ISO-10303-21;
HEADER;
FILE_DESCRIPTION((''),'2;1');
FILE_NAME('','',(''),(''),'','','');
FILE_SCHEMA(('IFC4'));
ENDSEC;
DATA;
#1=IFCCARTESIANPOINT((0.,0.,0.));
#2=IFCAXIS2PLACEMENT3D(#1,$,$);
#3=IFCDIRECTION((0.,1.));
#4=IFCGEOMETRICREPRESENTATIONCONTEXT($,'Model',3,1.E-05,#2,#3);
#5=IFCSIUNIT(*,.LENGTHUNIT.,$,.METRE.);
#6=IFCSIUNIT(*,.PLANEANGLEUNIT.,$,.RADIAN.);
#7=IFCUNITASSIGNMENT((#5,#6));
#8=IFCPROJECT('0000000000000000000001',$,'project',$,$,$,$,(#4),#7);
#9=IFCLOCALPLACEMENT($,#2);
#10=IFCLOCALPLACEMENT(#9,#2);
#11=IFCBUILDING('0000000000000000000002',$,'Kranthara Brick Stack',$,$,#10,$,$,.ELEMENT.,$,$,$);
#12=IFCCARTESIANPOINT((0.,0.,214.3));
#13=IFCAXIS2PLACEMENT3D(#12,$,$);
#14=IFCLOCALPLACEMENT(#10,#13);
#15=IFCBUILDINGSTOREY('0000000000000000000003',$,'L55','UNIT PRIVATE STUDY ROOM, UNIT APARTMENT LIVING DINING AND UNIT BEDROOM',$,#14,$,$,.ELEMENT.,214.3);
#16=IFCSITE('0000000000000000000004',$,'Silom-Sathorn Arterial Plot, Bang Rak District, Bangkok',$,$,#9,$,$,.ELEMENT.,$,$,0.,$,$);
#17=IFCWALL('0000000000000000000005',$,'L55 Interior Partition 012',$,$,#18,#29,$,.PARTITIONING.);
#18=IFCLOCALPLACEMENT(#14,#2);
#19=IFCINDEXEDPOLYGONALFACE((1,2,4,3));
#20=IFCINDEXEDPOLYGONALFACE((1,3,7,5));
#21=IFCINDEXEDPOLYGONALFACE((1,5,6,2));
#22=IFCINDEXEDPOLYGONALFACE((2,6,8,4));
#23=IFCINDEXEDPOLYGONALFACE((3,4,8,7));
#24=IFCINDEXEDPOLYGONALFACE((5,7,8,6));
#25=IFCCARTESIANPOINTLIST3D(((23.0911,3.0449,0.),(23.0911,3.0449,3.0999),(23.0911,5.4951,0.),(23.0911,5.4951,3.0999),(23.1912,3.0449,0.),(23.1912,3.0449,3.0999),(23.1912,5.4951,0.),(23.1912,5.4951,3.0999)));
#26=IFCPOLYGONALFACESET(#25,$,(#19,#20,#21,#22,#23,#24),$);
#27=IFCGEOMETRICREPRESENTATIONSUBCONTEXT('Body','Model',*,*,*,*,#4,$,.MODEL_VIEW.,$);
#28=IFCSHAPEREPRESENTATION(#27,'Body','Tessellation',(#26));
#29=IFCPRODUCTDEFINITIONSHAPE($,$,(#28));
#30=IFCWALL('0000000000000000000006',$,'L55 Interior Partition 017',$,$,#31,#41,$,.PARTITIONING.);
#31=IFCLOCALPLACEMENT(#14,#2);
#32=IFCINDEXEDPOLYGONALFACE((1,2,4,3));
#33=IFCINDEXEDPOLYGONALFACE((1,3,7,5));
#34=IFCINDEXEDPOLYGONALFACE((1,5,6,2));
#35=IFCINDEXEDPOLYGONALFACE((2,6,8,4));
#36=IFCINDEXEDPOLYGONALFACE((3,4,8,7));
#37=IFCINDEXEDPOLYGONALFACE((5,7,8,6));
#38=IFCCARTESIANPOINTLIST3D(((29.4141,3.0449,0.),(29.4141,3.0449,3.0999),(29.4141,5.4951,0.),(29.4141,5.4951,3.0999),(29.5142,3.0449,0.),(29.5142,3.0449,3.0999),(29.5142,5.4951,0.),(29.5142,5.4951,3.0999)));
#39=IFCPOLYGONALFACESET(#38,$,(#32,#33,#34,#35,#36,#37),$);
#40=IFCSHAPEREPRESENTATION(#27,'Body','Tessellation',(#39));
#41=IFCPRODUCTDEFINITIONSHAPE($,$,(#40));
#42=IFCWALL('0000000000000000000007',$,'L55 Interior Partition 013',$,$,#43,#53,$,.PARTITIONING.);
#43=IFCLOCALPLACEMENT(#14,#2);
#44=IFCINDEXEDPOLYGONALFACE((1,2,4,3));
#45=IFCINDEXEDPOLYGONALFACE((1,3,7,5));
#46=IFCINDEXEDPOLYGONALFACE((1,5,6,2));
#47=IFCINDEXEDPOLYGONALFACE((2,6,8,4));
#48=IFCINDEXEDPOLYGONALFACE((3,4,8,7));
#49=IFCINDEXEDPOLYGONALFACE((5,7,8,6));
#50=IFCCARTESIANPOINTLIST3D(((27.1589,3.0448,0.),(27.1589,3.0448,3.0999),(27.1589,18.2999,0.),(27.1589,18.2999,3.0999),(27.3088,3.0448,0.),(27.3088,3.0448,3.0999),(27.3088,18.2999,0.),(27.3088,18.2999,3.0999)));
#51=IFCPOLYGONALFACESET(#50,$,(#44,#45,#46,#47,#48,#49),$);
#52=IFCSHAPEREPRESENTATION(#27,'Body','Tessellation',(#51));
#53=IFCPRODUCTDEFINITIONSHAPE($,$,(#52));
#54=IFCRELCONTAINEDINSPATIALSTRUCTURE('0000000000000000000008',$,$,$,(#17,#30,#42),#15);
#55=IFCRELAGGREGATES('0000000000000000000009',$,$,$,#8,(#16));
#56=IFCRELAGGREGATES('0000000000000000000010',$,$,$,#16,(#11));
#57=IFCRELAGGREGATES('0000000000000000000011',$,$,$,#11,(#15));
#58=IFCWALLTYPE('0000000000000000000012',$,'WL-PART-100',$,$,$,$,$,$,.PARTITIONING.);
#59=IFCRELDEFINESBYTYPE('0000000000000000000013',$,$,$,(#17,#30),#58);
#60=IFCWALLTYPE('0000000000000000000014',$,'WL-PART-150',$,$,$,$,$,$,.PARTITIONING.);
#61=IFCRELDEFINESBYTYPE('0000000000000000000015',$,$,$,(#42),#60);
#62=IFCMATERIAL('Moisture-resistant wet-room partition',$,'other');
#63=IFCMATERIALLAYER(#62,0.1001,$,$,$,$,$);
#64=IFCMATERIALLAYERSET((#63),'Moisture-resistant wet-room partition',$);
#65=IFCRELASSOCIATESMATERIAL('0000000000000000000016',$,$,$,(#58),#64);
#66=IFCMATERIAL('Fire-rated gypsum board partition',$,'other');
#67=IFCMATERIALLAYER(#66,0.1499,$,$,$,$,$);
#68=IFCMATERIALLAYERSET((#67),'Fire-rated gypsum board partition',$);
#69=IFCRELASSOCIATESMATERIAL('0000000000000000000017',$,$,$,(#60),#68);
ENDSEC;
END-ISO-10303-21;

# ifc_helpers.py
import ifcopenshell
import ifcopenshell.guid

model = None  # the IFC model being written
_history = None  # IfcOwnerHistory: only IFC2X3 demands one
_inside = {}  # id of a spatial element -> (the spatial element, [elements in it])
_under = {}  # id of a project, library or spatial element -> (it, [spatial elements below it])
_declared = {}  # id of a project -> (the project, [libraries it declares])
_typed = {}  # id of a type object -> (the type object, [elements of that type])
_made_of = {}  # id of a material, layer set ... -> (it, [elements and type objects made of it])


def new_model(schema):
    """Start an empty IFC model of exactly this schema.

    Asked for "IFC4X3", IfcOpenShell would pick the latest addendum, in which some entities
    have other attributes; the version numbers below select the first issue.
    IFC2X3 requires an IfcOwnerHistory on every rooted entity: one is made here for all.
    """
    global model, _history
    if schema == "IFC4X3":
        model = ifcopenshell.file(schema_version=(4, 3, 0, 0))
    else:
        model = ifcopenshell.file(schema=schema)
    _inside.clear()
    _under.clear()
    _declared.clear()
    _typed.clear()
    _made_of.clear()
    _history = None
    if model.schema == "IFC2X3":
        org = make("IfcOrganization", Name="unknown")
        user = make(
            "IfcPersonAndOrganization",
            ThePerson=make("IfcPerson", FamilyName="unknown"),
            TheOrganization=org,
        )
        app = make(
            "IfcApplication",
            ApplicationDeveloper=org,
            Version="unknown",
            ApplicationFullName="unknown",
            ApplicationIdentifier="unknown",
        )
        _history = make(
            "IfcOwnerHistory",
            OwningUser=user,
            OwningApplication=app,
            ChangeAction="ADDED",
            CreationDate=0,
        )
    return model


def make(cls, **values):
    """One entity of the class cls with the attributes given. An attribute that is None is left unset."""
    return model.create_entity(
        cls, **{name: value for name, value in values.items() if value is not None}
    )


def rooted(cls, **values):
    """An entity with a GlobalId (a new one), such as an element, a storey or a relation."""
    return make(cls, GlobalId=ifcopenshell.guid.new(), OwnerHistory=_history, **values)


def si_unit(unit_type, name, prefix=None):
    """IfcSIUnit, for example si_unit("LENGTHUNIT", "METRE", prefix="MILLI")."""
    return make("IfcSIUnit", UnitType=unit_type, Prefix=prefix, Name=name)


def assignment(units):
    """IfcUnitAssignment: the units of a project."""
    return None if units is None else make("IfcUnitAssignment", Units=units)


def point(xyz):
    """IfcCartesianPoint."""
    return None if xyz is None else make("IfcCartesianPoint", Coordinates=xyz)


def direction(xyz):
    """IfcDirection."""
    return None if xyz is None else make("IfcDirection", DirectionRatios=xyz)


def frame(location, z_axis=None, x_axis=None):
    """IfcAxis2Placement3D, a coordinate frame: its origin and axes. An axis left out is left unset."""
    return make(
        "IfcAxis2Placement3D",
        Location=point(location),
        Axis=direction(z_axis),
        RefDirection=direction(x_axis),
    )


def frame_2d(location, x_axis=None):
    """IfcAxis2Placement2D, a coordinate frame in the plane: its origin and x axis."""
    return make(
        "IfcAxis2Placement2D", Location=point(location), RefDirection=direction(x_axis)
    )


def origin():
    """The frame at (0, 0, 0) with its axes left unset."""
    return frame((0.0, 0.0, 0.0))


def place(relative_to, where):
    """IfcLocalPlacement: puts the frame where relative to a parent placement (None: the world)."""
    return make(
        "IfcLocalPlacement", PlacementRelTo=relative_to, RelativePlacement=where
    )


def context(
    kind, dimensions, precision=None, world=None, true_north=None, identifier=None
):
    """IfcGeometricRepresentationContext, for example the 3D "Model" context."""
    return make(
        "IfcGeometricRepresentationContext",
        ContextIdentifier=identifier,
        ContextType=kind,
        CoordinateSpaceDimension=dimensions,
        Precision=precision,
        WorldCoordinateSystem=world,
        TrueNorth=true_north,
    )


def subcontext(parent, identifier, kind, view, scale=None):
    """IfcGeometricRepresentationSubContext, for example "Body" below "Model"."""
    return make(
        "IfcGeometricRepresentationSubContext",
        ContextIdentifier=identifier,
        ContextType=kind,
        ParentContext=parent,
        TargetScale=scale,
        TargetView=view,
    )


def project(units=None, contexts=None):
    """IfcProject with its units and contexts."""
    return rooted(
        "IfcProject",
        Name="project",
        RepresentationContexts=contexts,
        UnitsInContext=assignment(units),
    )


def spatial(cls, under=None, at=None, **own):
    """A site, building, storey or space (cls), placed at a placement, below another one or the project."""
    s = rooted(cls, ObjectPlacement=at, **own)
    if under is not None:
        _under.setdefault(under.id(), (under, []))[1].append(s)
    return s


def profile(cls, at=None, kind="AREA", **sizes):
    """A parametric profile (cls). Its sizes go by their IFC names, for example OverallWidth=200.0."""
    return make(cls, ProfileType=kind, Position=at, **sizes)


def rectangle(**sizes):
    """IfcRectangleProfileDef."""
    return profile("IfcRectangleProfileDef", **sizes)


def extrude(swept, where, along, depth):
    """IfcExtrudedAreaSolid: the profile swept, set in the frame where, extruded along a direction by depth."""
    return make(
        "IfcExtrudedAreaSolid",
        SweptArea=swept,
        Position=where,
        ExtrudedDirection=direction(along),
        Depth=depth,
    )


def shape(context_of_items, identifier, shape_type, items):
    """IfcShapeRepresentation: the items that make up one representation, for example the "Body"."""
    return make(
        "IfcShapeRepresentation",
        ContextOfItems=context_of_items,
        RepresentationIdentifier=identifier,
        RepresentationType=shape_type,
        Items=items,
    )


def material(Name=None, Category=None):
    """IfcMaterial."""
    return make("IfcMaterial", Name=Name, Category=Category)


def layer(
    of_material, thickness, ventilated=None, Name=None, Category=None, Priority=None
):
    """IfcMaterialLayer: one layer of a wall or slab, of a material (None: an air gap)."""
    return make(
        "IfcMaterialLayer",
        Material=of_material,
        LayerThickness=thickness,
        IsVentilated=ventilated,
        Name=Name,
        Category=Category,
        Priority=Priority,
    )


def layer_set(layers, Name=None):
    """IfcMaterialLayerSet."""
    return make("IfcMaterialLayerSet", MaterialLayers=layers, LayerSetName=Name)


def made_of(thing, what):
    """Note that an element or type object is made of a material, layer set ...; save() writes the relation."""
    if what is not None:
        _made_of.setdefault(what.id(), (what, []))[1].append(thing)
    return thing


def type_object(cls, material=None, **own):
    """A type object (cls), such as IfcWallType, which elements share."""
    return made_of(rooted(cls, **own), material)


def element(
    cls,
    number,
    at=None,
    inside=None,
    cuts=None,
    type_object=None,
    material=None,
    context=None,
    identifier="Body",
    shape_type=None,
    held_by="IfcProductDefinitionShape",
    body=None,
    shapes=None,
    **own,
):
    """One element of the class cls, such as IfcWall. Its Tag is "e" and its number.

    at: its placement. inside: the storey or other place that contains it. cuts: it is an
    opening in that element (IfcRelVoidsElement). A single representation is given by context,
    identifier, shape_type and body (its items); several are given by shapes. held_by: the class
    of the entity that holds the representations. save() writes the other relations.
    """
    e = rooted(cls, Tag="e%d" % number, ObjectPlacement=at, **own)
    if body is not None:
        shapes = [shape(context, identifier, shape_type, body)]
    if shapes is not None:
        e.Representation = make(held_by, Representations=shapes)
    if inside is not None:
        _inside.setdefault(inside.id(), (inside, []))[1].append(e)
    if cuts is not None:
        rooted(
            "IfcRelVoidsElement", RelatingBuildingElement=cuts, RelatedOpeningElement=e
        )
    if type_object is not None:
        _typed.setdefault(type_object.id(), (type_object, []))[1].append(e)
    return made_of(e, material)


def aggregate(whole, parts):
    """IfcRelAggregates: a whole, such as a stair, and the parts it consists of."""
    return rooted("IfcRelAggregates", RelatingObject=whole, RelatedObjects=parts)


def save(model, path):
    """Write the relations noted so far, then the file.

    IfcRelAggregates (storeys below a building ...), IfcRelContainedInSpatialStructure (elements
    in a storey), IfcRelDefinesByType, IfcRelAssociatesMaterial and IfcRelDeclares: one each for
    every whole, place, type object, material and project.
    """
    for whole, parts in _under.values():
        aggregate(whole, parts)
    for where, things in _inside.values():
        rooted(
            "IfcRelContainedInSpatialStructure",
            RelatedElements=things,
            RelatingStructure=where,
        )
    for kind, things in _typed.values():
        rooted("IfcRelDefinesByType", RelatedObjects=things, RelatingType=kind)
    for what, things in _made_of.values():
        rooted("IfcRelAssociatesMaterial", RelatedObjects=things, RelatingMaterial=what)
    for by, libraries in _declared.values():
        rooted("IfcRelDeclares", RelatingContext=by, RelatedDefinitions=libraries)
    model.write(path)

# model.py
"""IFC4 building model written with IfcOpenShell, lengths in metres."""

from ifc_helpers import new_model, si_unit, direction, frame, frame_2d, origin, place, context, subcontext, project, spatial, rectangle, extrude, material, layer, layer_set, type_object, element, save


model = new_model("IFC4")

# Units and contexts
model_context = context("Model", 3, precision=1e-05, world=origin(), true_north=direction((0.0, 1.0)))
body_context = subcontext(model_context, "Body", "Model", "MODEL_VIEW")
ifc_project = project(units=[si_unit("LENGTHUNIT", "METRE"), si_unit("PLANEANGLEUNIT", "RADIAN")], contexts=[model_context])

# Site, building, storey
site_placement = place(None, origin())
site = spatial("IfcSite", under=ifc_project, at=site_placement, Name="Silom-Sathorn Arterial Plot, Bang Rak District, Bangkok", CompositionType="ELEMENT", RefElevation=0.0)
building_placement = place(site_placement, origin())
building = spatial("IfcBuilding", under=site, at=building_placement, Name="Kranthara Brick Stack", CompositionType="ELEMENT")
storey_placement = place(building_placement, frame((0.0, 0.0, 214.3)))
storey = spatial("IfcBuildingStorey", under=building, at=storey_placement, Name="L55", Description="UNIT PRIVATE STUDY ROOM, UNIT APARTMENT LIVING DINING AND UNIT BEDROOM", CompositionType="ELEMENT", Elevation=214.3)

# Walls
ifc_material_1 = material(Name="Moisture-resistant wet-room partition", Category="other")
ifc_layer_1 = layer(ifc_material_1, 0.1001)
ifc_layer_set_1 = layer_set([ifc_layer_1], Name="Moisture-resistant wet-room partition")
wall_type_1 = type_object("IfcWallType", Name="WL-PART-100", PredefinedType="PARTITIONING", material=ifc_layer_set_1)
for number, where, z_axis, x_axis, name in (
    (1, (23.1411, 3.0449, 0.0), (0.0, 0.0, 1.0), (0.0, 1.0, 0.0), "L55 Interior Partition 012"),
    (2, (29.4641, 3.0449, 0.0), (0.0, 0.0, 1.0), (0.0, 1.0, 0.0), "L55 Interior Partition 017"),
):
    element("IfcWall", number, at=place(storey_placement, frame(where, z_axis=z_axis, x_axis=x_axis)), inside=storey, type_object=wall_type_1, Name=name, PredefinedType="PARTITIONING", context=body_context, shape_type="SweptSolid", body=[
        extrude(rectangle(XDim=2.4502, YDim=0.1001, at=frame_2d((1.2251, 0.0))), origin(), (0.0, 0.0, 1.0), 3.0999),
    ])
ifc_material_2 = material(Name="Fire-rated gypsum board partition", Category="other")
ifc_layer_2 = layer(ifc_material_2, 0.1499)
ifc_layer_set_2 = layer_set([ifc_layer_2], Name="Fire-rated gypsum board partition")
wall_type_2 = type_object("IfcWallType", Name="WL-PART-150", PredefinedType="PARTITIONING", material=ifc_layer_set_2)
wall_placement = place(storey_placement, frame((27.2339, 3.0449, 0.0), z_axis=(0.0, 0.0, 1.0), x_axis=(0.0, 1.0, 0.0)))
element("IfcWall", 3, at=wall_placement, inside=storey, type_object=wall_type_2, Name="L55 Interior Partition 013", PredefinedType="PARTITIONING", context=body_context, shape_type="SweptSolid", body=[
    extrude(rectangle(XDim=15.2551, YDim=0.1499, at=frame_2d((7.6274, 0.0))), origin(), (0.0, 0.0, 1.0), 3.0999),
])

save(model, "model.ifc")
